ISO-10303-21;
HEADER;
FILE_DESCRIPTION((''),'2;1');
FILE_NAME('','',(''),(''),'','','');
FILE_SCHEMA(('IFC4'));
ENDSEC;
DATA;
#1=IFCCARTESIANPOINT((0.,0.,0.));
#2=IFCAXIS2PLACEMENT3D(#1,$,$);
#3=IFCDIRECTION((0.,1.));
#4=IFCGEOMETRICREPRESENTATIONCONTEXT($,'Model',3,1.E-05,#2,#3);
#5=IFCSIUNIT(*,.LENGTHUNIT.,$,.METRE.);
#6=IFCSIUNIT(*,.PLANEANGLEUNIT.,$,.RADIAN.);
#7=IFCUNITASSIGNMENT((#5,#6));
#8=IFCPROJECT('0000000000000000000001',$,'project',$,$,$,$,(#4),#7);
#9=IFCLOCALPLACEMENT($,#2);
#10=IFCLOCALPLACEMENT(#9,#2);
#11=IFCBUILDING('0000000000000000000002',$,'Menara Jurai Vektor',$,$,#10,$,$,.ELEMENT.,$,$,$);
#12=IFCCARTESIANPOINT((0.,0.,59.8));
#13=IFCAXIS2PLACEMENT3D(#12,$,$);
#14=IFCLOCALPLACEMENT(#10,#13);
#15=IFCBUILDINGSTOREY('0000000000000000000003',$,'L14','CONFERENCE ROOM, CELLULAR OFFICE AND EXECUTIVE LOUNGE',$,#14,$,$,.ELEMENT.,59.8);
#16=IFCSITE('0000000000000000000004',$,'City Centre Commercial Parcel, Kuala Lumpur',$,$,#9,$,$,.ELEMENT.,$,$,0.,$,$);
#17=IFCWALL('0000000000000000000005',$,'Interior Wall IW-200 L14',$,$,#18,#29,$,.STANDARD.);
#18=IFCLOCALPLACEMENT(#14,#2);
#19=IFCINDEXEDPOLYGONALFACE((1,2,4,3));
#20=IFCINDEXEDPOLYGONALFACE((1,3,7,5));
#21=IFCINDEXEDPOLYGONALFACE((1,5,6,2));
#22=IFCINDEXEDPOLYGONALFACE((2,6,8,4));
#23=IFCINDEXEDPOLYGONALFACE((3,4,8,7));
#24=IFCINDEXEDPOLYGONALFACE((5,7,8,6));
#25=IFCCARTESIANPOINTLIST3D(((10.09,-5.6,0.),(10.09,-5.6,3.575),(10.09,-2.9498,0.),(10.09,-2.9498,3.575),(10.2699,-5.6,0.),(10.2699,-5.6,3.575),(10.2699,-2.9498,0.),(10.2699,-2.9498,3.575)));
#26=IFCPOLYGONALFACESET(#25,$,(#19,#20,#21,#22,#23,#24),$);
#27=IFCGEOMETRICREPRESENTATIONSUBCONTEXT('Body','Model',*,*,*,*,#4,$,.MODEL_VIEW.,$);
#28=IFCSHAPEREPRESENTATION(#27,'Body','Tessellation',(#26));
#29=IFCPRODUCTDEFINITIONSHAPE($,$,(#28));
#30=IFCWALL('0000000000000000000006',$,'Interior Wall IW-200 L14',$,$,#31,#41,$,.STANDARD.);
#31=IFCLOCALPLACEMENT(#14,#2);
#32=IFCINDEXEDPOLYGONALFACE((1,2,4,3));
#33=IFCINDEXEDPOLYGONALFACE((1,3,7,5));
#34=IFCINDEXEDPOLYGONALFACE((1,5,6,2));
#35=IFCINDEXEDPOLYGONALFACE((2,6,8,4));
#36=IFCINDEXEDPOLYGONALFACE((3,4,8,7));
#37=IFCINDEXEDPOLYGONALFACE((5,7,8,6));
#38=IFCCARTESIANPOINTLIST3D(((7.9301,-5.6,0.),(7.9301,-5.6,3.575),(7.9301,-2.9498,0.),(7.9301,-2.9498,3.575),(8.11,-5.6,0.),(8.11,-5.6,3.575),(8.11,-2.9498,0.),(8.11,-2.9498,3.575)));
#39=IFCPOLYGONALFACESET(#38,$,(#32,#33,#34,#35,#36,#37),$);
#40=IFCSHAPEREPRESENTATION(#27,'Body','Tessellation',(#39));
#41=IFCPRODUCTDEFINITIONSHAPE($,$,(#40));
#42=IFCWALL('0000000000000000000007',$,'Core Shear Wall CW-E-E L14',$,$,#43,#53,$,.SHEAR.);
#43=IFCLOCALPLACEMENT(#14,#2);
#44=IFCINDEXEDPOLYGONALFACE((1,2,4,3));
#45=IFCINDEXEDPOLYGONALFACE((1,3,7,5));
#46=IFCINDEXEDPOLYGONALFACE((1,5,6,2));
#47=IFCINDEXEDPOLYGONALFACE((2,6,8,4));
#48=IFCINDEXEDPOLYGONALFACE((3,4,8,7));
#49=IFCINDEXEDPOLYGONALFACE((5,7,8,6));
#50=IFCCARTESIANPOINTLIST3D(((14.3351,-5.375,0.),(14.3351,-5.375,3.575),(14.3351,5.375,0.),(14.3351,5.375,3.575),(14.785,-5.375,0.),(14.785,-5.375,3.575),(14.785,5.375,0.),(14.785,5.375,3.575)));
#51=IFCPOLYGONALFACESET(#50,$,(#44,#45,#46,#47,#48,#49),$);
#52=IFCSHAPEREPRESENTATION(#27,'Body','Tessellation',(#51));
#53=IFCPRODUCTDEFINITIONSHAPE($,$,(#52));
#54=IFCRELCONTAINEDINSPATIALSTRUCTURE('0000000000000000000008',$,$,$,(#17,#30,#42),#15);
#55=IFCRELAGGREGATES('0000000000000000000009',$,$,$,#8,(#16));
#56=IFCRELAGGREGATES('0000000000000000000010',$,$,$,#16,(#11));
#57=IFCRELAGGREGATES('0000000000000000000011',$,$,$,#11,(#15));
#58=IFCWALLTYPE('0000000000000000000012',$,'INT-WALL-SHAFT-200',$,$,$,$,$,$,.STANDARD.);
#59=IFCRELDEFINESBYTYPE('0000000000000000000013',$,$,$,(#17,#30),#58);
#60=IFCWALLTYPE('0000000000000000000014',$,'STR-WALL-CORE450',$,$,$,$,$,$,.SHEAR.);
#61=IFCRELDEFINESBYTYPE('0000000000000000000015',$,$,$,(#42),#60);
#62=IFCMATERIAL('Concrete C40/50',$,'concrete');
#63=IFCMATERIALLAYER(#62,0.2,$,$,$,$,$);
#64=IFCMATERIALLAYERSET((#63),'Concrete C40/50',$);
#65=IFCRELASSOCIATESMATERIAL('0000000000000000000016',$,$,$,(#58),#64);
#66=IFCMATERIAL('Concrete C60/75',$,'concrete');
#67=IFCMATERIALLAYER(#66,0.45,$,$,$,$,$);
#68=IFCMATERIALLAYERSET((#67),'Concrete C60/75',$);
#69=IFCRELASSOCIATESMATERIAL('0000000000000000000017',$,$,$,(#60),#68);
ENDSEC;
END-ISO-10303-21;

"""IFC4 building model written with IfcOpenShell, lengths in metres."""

from ifc_helpers import new_model, si_unit, direction, frame, frame_2d, origin, place, context, subcontext, project, spatial, rectangle, extrude, material, layer, layer_set, type_object, element, save


model = new_model("IFC4")

# Units and contexts
model_context = context("Model", 3, precision=1e-05, world=origin(), true_north=direction((0.0, 1.0)))
body_context = subcontext(model_context, "Body", "Model", "MODEL_VIEW")
ifc_project = project(units=[si_unit("LENGTHUNIT", "METRE"), si_unit("PLANEANGLEUNIT", "RADIAN")], contexts=[model_context])

# Site, building, storey
site_placement = place(None, origin())
site = spatial("IfcSite", under=ifc_project, at=site_placement, Name="City Centre Commercial Parcel, Kuala Lumpur", CompositionType="ELEMENT", RefElevation=0.0)
building_placement = place(site_placement, origin())
building = spatial("IfcBuilding", under=site, at=building_placement, Name="Menara Jurai Vektor", CompositionType="ELEMENT")
storey_placement = place(building_placement, frame((0.0, 0.0, 59.8)))
storey = spatial("IfcBuildingStorey", under=building, at=storey_placement, Name="L14", Description="CONFERENCE ROOM, CELLULAR OFFICE AND EXECUTIVE LOUNGE", CompositionType="ELEMENT", Elevation=59.8)

# Shared definitions
ifc_material_1 = material(Name="Concrete C60/75", Category="concrete")

# Shared definitions
ifc_material_2 = material(Name="Concrete C40/50", Category="concrete")

# Shared definitions
ifc_layer_1 = layer(ifc_material_2, 0.2)
ifc_layer_set_1 = layer_set([ifc_layer_1], Name="Concrete C40/50")
wall_type_1 = type_object("IfcWallType", Name="INT-WALL-SHAFT-200", PredefinedType="STANDARD", material=ifc_layer_set_1)

# Walls
for number, where, z_axis, x_axis, name in (
    (1, (10.1799, -5.6001, 0.0), (0.0, 0.0, 1.0), (0.0, 1.0, 0.0), "Interior Wall IW-200 L14"),
    (2, (8.02, -5.6001, 0.0), (0.0, 0.0, 1.0), (0.0, 1.0, 0.0), "Interior Wall IW-200 L14"),
):
    element("IfcWall", number, at=place(storey_placement, frame(where, z_axis=z_axis, x_axis=x_axis)), inside=storey, type_object=wall_type_1, Name=name, PredefinedType="STANDARD", context=body_context, shape_type="SweptSolid", body=[
        extrude(rectangle(XDim=2.6501, YDim=0.1799, at=frame_2d((1.3252, 0.0))), origin(), (0.0, 0.0, 1.0), 3.575),
    ])
ifc_layer_2 = layer(ifc_material_1, 0.45)
ifc_layer_set_2 = layer_set([ifc_layer_2], Name="Concrete C60/75")
wall_type_2 = type_object("IfcWallType", Name="STR-WALL-CORE450", PredefinedType="SHEAR", material=ifc_layer_set_2)
wall_1_placement = place(storey_placement, frame((14.5601, -5.375, 0.0), z_axis=(0.0, 0.0, 1.0), x_axis=(0.0, 1.0, 0.0)))
element("IfcWall", 3, at=wall_1_placement, inside=storey, type_object=wall_type_2, Name="Core Shear Wall CW-E-E L14", PredefinedType="SHEAR", context=body_context, shape_type="SweptSolid", body=[
    extrude(rectangle(XDim=10.75, YDim=0.45, at=frame_2d((5.375, 0.0))), origin(), (0.0, 0.0, 1.0), 3.575),
])

save(model, "model.ifc")
